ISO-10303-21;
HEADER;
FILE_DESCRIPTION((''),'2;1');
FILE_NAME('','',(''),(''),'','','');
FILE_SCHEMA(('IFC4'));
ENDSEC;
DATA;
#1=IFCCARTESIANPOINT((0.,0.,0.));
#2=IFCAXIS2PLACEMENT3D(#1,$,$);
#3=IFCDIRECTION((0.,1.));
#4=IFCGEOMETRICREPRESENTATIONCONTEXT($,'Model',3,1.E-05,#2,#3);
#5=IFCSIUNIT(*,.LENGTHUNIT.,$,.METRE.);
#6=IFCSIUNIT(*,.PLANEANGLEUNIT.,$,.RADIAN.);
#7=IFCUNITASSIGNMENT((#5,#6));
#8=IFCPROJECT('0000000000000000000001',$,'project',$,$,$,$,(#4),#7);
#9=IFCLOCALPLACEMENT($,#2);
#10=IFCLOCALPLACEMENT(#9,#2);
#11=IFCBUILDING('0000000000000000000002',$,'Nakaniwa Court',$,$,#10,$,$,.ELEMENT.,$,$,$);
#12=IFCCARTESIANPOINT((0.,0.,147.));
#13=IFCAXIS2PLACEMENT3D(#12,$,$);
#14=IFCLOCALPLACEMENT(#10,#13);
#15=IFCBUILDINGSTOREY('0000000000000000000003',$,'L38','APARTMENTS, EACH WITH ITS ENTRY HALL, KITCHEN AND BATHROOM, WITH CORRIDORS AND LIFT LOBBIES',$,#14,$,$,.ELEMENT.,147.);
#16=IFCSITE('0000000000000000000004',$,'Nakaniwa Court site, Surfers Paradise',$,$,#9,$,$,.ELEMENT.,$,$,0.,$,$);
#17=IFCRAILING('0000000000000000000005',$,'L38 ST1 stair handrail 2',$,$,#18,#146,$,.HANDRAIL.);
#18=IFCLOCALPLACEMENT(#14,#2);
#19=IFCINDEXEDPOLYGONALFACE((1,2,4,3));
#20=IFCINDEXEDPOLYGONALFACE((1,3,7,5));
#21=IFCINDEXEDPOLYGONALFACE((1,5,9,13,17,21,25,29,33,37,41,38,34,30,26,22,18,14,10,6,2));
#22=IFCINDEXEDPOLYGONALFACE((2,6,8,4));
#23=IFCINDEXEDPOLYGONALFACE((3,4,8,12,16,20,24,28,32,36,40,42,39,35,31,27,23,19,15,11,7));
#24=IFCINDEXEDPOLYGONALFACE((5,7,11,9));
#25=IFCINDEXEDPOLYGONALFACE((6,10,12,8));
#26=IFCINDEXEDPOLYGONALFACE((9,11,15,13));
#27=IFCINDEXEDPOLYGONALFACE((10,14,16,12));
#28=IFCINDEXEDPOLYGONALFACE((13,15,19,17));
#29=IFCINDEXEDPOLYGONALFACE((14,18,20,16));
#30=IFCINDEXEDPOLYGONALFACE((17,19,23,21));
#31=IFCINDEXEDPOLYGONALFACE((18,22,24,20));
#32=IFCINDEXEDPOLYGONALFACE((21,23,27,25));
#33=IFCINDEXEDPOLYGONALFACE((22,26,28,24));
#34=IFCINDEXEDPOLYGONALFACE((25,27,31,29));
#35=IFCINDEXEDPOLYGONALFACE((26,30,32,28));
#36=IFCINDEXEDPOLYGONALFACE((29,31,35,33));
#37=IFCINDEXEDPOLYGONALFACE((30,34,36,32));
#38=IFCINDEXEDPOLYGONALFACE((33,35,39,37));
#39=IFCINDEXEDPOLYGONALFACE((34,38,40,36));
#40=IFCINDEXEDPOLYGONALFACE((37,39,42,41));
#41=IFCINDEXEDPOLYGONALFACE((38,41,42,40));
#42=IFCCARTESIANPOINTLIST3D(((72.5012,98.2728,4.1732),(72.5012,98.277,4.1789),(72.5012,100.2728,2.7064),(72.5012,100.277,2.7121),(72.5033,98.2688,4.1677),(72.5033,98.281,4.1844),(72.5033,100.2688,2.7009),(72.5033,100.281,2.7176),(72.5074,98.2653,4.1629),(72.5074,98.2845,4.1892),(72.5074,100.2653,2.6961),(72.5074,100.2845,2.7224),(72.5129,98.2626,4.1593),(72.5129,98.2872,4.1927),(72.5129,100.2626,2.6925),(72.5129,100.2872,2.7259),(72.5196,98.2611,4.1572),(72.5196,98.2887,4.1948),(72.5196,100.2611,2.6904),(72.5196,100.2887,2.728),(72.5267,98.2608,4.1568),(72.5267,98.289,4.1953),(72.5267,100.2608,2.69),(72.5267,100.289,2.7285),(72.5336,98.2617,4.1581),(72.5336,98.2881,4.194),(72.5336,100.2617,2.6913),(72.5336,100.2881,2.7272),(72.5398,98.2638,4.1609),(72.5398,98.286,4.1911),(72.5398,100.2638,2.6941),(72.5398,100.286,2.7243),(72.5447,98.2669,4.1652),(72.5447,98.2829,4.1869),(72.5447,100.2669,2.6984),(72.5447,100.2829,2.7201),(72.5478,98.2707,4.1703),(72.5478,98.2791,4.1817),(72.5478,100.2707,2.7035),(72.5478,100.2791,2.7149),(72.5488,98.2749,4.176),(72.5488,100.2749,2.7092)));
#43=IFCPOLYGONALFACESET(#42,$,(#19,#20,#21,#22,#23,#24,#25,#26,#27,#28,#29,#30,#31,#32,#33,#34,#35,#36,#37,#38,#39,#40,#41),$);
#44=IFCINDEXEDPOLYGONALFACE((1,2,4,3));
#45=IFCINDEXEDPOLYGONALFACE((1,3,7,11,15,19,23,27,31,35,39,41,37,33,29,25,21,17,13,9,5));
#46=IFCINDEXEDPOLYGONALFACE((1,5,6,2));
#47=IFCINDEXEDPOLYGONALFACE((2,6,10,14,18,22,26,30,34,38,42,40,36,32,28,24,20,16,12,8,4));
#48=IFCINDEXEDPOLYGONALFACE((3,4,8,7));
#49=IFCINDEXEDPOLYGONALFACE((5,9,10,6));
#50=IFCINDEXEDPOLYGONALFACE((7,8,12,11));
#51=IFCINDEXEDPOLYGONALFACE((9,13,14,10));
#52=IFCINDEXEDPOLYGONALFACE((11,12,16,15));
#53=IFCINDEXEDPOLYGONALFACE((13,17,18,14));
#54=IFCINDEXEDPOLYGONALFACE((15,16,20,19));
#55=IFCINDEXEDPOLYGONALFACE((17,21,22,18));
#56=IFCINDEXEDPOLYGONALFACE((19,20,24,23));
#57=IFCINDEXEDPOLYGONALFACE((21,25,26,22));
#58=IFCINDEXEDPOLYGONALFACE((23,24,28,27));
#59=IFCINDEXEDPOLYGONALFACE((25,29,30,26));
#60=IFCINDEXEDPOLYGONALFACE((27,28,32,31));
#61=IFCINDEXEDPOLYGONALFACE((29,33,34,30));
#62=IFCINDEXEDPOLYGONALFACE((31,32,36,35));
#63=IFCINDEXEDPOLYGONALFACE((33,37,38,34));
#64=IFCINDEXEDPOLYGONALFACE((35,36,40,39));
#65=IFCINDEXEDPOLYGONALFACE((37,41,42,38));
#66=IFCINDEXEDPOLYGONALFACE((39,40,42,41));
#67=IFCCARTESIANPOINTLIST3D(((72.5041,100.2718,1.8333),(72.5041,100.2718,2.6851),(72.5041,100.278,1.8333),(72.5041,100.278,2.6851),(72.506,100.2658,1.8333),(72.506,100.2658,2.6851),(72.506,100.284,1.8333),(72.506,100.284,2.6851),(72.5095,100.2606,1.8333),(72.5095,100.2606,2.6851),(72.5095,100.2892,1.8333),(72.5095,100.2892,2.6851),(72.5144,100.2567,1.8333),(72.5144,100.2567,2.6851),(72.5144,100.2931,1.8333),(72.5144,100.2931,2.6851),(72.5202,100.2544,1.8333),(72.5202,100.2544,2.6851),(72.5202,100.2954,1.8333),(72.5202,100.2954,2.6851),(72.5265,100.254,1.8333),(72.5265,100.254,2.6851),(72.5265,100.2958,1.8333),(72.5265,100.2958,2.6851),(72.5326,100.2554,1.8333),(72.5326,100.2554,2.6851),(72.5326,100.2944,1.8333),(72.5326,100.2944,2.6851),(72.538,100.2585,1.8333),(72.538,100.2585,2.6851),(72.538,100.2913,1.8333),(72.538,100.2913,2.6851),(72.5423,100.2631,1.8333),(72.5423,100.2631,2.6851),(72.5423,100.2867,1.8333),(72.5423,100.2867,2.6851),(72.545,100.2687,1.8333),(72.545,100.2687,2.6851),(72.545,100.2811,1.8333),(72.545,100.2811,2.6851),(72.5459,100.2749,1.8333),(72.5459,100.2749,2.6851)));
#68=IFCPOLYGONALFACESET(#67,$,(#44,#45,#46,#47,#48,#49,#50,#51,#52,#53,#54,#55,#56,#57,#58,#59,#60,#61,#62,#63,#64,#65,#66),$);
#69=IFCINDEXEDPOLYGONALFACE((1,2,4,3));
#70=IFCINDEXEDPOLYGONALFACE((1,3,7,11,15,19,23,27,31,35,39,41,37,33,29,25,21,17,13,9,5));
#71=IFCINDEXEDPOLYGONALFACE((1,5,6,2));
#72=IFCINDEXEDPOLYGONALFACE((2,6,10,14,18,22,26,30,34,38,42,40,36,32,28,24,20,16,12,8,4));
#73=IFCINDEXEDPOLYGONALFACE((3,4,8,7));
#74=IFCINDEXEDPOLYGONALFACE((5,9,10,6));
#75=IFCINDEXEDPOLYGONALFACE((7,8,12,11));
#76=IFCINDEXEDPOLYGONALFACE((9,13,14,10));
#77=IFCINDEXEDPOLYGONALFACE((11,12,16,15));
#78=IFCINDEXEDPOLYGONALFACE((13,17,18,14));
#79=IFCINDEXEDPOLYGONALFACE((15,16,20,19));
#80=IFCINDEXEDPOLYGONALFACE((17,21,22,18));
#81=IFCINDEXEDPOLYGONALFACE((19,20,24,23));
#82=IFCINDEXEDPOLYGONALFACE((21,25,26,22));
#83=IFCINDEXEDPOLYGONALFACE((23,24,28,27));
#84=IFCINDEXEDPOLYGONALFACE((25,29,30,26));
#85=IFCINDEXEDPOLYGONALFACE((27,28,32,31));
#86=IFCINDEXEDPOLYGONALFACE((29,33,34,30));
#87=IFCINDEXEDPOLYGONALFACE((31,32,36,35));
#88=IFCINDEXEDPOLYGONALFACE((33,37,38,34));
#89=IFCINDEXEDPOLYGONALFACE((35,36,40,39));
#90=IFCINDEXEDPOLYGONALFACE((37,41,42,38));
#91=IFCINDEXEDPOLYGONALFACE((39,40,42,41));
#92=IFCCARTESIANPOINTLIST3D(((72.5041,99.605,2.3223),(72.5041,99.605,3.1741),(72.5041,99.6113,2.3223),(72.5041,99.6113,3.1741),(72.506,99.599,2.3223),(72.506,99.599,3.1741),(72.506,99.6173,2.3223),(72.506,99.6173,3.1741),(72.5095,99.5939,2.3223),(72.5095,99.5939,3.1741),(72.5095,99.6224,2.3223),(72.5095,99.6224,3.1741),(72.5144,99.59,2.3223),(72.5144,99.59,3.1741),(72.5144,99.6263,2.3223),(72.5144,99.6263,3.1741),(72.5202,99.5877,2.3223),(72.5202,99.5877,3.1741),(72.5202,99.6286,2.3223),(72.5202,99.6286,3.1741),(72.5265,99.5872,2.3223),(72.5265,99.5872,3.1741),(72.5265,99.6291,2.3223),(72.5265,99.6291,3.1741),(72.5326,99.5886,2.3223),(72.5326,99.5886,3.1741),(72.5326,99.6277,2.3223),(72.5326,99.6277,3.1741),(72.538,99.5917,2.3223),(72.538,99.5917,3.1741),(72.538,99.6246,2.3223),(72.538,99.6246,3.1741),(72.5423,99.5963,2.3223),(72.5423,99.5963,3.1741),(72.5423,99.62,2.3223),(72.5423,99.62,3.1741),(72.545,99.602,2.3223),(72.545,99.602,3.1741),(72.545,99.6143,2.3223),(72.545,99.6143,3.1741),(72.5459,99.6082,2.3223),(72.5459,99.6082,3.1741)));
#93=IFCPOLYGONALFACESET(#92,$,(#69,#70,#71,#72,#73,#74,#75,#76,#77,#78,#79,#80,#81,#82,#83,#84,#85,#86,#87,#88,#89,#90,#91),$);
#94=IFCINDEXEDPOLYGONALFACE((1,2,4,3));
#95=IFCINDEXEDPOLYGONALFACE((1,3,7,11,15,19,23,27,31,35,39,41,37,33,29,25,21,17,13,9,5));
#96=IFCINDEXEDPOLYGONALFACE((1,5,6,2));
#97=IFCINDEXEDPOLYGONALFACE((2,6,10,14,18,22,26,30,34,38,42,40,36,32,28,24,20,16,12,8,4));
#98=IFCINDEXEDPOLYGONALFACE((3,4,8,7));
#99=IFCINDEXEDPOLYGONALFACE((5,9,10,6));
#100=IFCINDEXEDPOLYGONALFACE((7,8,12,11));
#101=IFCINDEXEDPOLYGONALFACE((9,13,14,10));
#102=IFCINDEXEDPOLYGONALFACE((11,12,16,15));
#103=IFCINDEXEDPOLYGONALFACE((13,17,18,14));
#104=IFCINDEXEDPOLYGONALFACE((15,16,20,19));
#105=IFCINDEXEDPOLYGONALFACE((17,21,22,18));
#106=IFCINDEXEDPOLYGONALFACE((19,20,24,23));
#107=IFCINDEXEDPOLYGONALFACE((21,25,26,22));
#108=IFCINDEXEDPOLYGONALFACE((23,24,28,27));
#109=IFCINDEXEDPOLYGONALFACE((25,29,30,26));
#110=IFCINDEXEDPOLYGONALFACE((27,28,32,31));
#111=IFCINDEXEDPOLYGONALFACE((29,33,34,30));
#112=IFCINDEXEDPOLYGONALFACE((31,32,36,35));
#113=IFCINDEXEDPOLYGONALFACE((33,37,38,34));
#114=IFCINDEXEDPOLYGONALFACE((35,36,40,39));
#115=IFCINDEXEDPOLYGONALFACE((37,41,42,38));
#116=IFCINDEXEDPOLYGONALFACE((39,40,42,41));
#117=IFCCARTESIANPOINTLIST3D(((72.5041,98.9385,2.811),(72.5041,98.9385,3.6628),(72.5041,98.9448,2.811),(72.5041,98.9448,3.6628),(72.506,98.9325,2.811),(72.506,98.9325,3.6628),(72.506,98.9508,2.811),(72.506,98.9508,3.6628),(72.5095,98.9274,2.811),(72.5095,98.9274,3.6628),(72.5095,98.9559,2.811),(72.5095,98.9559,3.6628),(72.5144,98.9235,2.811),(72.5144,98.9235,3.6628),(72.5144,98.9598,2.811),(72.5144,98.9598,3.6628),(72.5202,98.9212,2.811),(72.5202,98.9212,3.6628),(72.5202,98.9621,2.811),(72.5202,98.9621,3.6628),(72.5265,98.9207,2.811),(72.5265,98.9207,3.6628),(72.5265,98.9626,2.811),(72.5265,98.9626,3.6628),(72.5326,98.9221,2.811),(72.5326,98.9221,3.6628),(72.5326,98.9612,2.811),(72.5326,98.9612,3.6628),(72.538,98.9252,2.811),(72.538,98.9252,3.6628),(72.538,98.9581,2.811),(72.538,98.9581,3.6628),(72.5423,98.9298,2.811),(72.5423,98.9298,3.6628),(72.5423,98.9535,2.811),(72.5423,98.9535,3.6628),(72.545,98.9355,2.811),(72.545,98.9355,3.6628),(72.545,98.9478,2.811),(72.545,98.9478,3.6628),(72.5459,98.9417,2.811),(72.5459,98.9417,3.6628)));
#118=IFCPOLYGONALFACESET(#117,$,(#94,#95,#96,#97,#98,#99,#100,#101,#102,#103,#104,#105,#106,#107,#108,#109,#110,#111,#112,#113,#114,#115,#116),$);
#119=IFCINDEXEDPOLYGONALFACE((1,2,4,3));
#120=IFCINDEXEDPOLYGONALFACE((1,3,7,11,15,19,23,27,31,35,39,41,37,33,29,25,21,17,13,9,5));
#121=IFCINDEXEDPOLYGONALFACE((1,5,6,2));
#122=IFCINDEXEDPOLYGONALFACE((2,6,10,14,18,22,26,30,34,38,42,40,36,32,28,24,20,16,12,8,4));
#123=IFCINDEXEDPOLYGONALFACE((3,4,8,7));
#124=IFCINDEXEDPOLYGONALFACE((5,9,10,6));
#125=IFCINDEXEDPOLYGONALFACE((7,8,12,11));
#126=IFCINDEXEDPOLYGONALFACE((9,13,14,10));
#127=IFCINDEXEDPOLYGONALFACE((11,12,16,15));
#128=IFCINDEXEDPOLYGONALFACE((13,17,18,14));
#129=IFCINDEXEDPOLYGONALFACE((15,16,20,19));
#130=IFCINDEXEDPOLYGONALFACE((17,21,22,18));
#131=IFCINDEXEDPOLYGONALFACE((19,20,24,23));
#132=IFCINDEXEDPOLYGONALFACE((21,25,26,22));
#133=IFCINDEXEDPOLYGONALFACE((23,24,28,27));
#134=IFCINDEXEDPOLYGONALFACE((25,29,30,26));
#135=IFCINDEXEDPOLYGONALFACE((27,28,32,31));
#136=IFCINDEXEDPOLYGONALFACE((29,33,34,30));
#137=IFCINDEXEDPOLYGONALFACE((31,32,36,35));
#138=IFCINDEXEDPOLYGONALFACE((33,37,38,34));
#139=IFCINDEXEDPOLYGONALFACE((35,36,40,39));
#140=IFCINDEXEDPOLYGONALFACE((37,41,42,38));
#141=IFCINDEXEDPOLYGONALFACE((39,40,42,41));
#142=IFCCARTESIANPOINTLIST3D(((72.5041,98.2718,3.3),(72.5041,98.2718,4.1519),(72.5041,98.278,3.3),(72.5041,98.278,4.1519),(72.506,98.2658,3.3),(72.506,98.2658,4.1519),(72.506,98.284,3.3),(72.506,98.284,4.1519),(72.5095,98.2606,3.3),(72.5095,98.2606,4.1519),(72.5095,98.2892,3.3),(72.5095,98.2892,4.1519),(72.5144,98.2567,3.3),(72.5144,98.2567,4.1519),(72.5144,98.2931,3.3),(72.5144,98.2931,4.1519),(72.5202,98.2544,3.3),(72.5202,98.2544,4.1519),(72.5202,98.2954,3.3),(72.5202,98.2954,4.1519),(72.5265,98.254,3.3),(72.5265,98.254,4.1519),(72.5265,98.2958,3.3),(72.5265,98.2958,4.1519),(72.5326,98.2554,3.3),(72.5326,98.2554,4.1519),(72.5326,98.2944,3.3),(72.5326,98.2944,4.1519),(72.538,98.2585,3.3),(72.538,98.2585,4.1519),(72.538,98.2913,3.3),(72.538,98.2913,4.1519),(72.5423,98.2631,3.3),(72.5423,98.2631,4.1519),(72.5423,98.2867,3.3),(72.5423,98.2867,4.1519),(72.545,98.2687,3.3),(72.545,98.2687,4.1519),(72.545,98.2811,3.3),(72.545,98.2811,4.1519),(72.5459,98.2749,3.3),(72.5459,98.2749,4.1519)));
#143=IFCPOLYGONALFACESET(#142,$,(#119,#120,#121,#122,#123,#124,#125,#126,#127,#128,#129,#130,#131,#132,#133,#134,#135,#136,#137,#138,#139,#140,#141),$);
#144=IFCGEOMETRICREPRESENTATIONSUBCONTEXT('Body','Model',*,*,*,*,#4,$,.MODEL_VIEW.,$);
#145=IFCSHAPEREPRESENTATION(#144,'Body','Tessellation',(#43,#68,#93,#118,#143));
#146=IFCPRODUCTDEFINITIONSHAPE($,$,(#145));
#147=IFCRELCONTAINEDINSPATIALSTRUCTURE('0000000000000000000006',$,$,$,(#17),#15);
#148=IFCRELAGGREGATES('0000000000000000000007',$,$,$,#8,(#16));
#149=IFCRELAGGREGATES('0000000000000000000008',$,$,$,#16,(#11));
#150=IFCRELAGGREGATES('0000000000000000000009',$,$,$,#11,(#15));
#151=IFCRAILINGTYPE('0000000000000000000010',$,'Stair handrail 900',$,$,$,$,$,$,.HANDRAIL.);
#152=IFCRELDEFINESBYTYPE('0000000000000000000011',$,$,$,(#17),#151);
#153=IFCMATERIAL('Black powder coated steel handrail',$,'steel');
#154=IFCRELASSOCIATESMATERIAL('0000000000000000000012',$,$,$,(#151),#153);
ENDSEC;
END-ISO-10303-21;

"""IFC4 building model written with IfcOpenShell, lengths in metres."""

from ifc_helpers import new_model, si_unit, direction, frame, origin, origin_2d, place, context, subcontext, project, spatial, circle, extrude, material, type_object, element, save


model = new_model("IFC4")

# Units and contexts
model_context = context("Model", 3, precision=1e-05, world=origin(), true_north=direction((0.0, 1.0)))
body_context = subcontext(model_context, "Body", "Model", "MODEL_VIEW")
ifc_project = project(units=[si_unit("LENGTHUNIT", "METRE"), si_unit("PLANEANGLEUNIT", "RADIAN")], contexts=[model_context])

# Site, building, storey
site_placement = place(None, origin())
site = spatial("IfcSite", under=ifc_project, at=site_placement, Name="Nakaniwa Court site, Surfers Paradise", CompositionType="ELEMENT", RefElevation=0.0)
building_placement = place(site_placement, origin())
building = spatial("IfcBuilding", under=site, at=building_placement, Name="Nakaniwa Court", CompositionType="ELEMENT")
storey_placement = place(building_placement, frame((0.0, 0.0, 147.0)))
storey = spatial("IfcBuildingStorey", under=building, at=storey_placement, Name="L38", Description="APARTMENTS, EACH WITH ITS ENTRY HALL, KITCHEN AND BATHROOM, WITH CORRIDORS AND LIFT LOBBIES", CompositionType="ELEMENT", Elevation=147.0)

# Railing
ifc_material_1 = material(Name="Black powder coated steel handrail", Category="steel")
railing_type_1 = type_object("IfcRailingType", Name="Stair handrail 900", PredefinedType="HANDRAIL", material=ifc_material_1)
railing_1_placement = place(storey_placement, frame((72.5249, 100.2749, 1.8333)))
element("IfcRailing", 1, at=railing_1_placement, inside=storey, type_object=railing_type_1, Name="L38 ST1 stair handrail 2", PredefinedType="HANDRAIL", context=body_context, shape_type="SweptSolid", body=[
    extrude(circle(Radius=0.0239, at=origin_2d()), frame((0.0, 0.0, 0.876), z_axis=(0.0, -0.80638, 0.591398), x_axis=(1.0, 0.0, 0.0)), (0.0, 0.0, 1.0), 2.4802),
    extrude(circle(Radius=0.021, at=origin_2d()), origin(), (0.0, 0.0, 1.0), 0.8518),
    extrude(circle(Radius=0.021, at=origin_2d()), frame((0.0, -0.6667, 0.489)), (0.0, 0.0, 1.0), 0.8518),
    extrude(circle(Radius=0.021, at=origin_2d()), frame((0.0, -1.3333, 0.9778)), (0.0, 0.0, 1.0), 0.8518),
    extrude(circle(Radius=0.021, at=origin_2d()), frame((0.0, -2.0, 1.4668)), (0.0, 0.0, 1.0), 0.8518),
])

save(model, "model.ifc")
